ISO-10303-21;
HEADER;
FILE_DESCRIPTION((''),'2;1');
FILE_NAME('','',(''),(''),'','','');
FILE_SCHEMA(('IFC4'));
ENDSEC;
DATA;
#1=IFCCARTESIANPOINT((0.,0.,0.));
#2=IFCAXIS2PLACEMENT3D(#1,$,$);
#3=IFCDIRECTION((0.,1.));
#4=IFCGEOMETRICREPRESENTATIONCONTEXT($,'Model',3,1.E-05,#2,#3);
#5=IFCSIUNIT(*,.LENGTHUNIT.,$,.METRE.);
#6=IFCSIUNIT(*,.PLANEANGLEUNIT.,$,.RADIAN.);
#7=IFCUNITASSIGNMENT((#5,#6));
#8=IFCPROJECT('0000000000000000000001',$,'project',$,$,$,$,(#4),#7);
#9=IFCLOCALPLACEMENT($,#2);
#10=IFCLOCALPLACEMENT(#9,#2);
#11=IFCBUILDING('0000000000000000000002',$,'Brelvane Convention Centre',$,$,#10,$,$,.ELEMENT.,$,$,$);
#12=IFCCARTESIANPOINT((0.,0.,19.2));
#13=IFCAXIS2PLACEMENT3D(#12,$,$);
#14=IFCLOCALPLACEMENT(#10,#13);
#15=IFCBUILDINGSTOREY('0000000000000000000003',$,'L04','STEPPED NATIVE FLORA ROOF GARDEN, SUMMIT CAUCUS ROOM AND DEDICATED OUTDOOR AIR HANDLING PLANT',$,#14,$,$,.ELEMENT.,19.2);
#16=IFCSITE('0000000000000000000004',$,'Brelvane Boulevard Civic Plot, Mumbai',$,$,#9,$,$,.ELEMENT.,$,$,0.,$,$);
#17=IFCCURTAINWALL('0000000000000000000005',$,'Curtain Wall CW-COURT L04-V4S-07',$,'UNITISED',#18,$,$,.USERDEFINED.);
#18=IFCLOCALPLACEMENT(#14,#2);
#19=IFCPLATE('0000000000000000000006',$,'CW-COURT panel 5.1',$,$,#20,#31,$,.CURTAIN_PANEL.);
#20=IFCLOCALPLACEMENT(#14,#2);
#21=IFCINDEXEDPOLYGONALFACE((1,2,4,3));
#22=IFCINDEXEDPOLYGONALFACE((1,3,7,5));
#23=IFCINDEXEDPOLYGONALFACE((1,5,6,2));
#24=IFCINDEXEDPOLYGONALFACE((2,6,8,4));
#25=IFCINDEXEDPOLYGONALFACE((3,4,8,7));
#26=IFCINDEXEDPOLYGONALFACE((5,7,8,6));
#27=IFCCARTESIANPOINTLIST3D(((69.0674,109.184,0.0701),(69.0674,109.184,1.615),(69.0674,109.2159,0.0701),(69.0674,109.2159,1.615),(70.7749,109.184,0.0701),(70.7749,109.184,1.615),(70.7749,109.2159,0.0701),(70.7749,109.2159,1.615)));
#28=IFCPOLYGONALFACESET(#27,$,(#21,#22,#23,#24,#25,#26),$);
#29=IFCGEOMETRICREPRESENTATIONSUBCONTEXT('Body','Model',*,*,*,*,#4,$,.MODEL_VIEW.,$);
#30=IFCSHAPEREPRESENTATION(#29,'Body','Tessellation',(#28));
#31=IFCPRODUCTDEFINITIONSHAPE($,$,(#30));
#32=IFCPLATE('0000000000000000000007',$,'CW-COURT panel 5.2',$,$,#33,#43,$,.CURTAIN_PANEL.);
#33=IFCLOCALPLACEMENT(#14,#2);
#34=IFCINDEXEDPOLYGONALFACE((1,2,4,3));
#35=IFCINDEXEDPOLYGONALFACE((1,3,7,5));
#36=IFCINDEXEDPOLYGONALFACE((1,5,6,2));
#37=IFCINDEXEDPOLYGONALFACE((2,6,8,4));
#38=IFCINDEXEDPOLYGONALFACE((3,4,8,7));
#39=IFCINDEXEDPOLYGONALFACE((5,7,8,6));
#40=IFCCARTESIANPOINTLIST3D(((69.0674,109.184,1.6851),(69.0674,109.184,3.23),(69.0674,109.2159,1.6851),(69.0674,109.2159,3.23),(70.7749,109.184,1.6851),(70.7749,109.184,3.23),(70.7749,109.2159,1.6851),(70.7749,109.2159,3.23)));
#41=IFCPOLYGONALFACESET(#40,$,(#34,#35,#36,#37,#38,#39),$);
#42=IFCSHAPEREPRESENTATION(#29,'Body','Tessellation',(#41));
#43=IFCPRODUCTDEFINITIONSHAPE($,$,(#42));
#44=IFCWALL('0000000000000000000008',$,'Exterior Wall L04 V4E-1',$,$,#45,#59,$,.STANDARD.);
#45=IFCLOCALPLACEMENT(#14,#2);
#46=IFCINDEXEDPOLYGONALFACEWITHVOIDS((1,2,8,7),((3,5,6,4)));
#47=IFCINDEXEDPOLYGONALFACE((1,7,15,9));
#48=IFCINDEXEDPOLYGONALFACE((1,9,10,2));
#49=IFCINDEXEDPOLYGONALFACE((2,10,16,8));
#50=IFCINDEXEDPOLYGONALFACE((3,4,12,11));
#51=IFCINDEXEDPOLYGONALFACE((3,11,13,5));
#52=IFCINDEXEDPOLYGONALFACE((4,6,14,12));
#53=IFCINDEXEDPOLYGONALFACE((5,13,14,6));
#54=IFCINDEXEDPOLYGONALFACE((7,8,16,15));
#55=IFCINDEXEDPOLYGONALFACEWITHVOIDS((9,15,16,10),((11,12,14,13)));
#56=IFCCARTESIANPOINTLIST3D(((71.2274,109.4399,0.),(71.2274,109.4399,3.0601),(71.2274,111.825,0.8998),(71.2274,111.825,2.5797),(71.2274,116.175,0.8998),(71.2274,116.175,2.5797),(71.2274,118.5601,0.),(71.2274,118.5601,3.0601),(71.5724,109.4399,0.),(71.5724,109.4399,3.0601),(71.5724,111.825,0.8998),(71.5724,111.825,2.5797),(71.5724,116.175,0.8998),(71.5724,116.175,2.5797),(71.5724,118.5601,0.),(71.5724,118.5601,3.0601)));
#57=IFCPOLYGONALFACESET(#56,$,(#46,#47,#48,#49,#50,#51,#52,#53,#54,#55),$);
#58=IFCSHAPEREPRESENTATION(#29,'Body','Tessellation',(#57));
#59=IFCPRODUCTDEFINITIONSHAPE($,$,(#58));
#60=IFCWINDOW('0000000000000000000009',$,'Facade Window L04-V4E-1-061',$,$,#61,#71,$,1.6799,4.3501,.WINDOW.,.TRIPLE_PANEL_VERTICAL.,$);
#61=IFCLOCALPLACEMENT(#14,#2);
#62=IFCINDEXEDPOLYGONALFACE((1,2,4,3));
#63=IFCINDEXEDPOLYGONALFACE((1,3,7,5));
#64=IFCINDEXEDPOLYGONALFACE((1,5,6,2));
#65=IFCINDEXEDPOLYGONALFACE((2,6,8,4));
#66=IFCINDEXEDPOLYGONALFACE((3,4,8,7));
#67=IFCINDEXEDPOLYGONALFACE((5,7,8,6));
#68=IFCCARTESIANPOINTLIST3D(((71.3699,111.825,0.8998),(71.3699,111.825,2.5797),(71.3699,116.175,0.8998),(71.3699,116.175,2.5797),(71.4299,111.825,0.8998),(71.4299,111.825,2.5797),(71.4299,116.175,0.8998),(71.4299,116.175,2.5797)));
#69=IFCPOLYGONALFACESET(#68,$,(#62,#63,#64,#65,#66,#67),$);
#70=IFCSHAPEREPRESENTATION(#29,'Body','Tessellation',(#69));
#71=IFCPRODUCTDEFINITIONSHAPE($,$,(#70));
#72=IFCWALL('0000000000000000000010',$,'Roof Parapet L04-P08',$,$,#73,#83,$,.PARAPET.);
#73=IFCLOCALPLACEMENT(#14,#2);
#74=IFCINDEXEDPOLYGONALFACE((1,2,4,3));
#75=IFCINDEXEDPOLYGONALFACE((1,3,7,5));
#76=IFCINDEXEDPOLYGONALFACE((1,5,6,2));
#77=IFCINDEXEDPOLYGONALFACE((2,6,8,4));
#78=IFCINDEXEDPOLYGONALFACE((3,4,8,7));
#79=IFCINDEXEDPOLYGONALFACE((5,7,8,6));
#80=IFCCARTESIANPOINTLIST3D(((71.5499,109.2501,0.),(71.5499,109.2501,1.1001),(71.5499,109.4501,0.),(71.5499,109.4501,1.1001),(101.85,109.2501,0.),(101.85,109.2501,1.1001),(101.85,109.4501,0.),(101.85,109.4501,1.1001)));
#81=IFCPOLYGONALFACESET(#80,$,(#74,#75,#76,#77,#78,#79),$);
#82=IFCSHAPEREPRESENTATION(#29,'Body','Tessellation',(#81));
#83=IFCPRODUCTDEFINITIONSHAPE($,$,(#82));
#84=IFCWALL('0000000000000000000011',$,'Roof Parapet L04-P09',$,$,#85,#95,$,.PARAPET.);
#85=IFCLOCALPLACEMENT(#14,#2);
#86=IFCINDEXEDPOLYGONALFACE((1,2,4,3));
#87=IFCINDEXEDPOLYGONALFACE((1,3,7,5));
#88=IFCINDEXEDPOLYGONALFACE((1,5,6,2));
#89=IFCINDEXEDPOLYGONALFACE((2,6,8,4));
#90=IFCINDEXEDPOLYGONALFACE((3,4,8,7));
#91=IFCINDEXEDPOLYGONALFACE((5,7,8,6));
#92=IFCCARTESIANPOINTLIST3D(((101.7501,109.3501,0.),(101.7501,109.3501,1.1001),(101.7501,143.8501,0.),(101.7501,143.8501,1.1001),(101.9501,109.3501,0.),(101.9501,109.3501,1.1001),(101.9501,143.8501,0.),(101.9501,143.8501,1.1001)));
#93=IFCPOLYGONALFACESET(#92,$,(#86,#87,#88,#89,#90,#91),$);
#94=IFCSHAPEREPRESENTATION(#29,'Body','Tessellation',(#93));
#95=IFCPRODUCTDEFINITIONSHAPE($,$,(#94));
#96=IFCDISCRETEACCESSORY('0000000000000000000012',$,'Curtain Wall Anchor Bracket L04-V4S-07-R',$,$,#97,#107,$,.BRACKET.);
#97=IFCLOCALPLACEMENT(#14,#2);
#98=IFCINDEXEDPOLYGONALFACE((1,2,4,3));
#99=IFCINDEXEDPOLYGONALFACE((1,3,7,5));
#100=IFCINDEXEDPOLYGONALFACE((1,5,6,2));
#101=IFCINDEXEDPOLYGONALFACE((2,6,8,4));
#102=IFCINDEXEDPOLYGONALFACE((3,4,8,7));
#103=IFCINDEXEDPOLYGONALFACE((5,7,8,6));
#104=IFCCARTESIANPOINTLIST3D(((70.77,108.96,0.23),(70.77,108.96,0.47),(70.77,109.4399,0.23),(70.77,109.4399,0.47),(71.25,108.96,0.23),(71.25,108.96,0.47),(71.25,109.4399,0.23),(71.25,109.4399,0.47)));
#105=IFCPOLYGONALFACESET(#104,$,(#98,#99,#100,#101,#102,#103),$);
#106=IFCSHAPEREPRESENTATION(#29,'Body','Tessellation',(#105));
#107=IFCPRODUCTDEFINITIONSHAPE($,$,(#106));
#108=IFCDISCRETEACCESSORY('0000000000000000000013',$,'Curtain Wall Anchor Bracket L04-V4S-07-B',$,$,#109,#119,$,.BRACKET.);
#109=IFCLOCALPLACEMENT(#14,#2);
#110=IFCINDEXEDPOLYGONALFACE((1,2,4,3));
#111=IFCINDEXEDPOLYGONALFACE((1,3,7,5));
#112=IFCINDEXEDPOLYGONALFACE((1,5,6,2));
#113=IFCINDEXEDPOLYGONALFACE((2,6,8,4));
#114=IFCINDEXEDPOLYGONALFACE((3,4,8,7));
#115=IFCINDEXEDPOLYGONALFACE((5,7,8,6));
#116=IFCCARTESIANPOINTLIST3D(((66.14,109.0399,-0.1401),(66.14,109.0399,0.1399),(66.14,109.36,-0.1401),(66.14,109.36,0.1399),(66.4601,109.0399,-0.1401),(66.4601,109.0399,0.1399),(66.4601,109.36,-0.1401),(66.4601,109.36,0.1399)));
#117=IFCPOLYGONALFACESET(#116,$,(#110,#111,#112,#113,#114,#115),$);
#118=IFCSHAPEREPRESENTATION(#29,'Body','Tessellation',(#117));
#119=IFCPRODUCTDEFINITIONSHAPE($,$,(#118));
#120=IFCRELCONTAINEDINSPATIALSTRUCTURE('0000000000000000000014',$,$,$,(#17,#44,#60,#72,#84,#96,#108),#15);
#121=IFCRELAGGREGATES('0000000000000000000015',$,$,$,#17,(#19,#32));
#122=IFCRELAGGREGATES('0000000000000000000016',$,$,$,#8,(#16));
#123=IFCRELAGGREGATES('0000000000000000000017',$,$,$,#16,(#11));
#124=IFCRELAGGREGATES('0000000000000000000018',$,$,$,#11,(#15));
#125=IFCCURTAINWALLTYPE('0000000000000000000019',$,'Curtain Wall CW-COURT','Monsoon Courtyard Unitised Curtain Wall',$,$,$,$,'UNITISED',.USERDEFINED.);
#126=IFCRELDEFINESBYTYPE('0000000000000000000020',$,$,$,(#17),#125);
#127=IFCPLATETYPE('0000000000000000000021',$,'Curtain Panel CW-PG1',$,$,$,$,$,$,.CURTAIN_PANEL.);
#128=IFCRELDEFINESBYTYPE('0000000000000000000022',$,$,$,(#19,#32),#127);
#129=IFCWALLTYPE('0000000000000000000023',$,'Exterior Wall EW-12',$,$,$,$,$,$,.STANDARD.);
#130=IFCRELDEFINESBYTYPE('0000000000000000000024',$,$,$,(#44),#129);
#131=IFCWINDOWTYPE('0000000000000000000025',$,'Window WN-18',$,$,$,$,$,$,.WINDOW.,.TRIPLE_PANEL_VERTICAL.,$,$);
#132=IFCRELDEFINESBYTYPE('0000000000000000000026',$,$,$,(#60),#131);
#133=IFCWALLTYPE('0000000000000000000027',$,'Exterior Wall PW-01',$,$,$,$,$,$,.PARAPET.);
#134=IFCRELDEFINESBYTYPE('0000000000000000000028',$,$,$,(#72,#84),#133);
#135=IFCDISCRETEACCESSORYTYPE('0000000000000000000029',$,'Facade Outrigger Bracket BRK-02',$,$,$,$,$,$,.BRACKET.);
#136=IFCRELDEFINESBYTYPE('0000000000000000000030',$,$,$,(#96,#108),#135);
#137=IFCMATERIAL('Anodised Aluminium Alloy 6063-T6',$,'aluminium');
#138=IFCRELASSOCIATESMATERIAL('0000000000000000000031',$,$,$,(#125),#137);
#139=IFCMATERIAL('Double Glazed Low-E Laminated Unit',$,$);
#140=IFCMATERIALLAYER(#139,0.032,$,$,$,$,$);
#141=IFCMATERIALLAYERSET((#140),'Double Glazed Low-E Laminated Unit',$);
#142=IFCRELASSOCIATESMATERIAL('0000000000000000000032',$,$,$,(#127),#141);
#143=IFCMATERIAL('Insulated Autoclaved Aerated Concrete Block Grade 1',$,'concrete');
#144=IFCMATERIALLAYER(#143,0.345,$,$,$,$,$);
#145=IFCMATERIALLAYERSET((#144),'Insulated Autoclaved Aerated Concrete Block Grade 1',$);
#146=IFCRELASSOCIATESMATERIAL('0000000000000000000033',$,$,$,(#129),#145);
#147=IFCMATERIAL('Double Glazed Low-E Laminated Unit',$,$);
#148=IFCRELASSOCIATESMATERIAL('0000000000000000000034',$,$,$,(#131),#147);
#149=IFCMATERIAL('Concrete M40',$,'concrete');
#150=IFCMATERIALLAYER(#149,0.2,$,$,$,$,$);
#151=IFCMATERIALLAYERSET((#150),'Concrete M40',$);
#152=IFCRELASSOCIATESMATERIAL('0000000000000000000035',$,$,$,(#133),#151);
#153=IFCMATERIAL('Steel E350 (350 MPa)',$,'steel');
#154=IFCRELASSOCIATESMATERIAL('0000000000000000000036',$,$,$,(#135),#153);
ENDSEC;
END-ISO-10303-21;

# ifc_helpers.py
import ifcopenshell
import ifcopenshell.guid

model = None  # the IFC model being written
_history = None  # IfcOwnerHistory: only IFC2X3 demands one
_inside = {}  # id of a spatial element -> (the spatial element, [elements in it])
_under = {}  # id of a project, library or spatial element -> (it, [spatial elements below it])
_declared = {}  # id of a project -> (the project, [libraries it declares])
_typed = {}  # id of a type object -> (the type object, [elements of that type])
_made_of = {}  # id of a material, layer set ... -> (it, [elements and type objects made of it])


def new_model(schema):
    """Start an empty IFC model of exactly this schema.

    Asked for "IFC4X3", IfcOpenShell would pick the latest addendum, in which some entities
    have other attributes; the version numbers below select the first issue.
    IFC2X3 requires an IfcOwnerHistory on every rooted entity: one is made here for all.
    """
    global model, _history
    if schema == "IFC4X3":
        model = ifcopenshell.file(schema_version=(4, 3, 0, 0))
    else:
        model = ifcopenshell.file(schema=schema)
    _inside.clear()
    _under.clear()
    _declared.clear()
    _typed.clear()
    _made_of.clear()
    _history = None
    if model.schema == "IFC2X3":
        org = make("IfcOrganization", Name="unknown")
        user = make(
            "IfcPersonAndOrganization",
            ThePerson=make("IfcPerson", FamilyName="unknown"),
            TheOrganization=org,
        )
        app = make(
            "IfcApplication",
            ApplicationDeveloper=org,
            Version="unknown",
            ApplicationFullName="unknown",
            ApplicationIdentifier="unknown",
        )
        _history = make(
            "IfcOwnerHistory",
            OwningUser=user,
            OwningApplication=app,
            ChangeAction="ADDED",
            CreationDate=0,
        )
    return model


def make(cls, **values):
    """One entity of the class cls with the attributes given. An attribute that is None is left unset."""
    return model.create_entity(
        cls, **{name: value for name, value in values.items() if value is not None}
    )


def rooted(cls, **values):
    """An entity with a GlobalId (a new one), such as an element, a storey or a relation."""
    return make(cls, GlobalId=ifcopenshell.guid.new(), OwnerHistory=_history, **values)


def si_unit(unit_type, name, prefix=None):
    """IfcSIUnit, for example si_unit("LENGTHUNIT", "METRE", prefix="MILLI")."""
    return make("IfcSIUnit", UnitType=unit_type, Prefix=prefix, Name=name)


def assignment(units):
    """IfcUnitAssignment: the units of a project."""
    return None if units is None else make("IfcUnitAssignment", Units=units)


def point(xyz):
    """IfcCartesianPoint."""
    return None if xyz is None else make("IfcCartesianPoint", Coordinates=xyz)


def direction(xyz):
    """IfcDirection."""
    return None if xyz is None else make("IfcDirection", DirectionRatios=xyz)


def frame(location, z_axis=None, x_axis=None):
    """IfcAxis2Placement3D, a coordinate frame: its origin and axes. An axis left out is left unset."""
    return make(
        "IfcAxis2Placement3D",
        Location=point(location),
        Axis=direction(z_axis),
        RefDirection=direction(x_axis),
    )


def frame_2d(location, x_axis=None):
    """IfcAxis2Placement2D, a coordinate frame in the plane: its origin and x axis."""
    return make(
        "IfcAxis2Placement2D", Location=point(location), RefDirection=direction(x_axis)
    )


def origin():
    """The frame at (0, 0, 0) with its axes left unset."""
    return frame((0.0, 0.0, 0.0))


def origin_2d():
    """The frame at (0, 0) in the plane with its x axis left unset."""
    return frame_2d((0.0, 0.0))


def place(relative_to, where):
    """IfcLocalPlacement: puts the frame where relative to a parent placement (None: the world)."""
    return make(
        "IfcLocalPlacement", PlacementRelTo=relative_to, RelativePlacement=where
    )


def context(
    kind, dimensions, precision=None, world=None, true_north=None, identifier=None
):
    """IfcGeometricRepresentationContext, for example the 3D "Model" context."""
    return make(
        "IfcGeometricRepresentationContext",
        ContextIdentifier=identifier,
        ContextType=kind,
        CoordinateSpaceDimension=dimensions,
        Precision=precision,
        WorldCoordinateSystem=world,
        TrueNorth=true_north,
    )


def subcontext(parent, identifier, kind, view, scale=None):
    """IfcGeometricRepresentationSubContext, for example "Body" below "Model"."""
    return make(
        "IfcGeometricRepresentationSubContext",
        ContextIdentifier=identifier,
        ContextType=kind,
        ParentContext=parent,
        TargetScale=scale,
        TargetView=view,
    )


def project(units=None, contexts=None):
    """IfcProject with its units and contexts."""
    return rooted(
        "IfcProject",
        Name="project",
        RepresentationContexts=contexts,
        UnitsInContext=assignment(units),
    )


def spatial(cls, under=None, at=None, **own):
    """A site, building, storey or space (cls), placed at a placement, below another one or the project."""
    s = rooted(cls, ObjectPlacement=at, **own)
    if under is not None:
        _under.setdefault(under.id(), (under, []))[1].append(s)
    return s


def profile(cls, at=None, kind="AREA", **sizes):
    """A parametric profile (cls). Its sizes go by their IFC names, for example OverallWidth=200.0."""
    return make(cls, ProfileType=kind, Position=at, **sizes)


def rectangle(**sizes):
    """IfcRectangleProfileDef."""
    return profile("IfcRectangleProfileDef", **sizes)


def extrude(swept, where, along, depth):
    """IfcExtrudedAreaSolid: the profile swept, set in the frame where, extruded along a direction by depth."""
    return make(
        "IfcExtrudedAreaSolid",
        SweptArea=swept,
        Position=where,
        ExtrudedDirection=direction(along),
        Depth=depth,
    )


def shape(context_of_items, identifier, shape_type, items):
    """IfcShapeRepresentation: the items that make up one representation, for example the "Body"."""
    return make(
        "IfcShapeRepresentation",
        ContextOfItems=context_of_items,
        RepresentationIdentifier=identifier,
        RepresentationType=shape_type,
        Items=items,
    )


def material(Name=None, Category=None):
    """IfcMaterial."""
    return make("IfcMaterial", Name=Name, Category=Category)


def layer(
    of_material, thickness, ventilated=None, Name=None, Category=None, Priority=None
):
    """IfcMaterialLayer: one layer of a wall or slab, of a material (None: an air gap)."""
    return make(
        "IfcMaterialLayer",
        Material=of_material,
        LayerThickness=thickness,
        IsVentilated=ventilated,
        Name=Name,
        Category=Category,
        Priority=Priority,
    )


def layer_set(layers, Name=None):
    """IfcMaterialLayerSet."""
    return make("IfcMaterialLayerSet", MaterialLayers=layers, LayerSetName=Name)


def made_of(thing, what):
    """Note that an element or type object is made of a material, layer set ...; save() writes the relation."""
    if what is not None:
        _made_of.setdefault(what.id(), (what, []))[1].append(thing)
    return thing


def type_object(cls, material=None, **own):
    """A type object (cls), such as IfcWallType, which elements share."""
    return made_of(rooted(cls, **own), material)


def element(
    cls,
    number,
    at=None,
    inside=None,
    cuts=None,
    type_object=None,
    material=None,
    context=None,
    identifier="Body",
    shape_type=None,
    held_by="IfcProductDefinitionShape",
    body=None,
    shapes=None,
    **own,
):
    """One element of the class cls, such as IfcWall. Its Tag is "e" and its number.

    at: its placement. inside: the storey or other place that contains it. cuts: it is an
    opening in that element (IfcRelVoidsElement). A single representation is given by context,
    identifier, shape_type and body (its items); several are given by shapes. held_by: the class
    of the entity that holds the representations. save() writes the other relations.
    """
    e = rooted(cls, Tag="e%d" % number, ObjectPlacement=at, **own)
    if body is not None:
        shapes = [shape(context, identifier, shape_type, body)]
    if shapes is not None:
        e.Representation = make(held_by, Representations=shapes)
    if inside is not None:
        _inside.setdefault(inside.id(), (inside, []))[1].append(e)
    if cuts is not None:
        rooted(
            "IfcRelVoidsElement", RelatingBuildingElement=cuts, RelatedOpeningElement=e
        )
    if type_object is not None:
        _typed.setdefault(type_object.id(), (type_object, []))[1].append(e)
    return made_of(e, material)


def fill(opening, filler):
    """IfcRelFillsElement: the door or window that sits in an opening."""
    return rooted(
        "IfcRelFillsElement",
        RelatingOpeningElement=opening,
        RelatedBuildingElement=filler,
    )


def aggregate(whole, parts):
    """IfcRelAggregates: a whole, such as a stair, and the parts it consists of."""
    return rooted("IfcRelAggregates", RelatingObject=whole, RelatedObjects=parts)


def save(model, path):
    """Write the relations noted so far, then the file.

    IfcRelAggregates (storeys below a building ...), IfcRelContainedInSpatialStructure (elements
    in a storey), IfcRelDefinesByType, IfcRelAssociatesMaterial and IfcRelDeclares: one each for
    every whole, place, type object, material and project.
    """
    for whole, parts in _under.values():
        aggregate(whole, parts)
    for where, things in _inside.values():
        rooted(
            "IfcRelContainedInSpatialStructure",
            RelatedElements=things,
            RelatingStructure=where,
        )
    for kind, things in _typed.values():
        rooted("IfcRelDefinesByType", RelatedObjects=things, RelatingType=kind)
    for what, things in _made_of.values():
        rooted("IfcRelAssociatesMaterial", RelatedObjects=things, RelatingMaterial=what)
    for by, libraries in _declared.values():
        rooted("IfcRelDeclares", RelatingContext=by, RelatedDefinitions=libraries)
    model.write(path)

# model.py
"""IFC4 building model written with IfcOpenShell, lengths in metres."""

from ifc_helpers import new_model, si_unit, direction, frame, frame_2d, origin, origin_2d, place, context, subcontext, project, spatial, rectangle, extrude, material, layer, layer_set, type_object, element, fill, aggregate, save


model = new_model("IFC4")

# Units and contexts
model_context = context("Model", 3, precision=1e-05, world=origin(), true_north=direction((0.0, 1.0)))
body_context = subcontext(model_context, "Body", "Model", "MODEL_VIEW")
ifc_project = project(units=[si_unit("LENGTHUNIT", "METRE"), si_unit("PLANEANGLEUNIT", "RADIAN")], contexts=[model_context])

# Site, building, storey
site_placement = place(None, origin())
site = spatial("IfcSite", under=ifc_project, at=site_placement, Name="Brelvane Boulevard Civic Plot, Mumbai", CompositionType="ELEMENT", RefElevation=0.0)
building_placement = place(site_placement, origin())
building = spatial("IfcBuilding", under=site, at=building_placement, Name="Brelvane Convention Centre", CompositionType="ELEMENT")
storey_placement = place(building_placement, frame((0.0, 0.0, 19.2)))
storey = spatial("IfcBuildingStorey", under=building, at=storey_placement, Name="L04", Description="STEPPED NATIVE FLORA ROOF GARDEN, SUMMIT CAUCUS ROOM AND DEDICATED OUTDOOR AIR HANDLING PLANT", CompositionType="ELEMENT", Elevation=19.2)

# Curtain wall
ifc_material_1 = material(Name="Anodised Aluminium Alloy 6063-T6", Category="aluminium")
curtain_wall_type = type_object("IfcCurtainWallType", Name="Curtain Wall CW-COURT", Description="Monsoon Courtyard Unitised Curtain Wall", ElementType="UNITISED", PredefinedType="USERDEFINED", material=ifc_material_1)
curtain_wall_placement = place(storey_placement, origin())
curtain_wall = element("IfcCurtainWall", 1, at=curtain_wall_placement, inside=storey, type_object=curtain_wall_type, Name="Curtain Wall CW-COURT L04-V4S-07", ObjectType="UNITISED", PredefinedType="USERDEFINED")

# Plates
ifc_material_2 = material(Name="Double Glazed Low-E Laminated Unit")
ifc_layer_1 = layer(ifc_material_2, 0.032)
ifc_layer_set_1 = layer_set([ifc_layer_1], Name="Double Glazed Low-E Laminated Unit")
plate_type = type_object("IfcPlateType", Name="Curtain Panel CW-PG1", PredefinedType="CURTAIN_PANEL", material=ifc_layer_set_1)
plate_1_placement = place(storey_placement, frame((69.9211, 109.2, 0.0701), z_axis=(0.0, 0.0, 1.0), x_axis=(1.0, 0.0, 0.0)))
plate_1 = element("IfcPlate", 2, at=plate_1_placement, type_object=plate_type, Name="CW-COURT panel 5.1", PredefinedType="CURTAIN_PANEL", context=body_context, shape_type="SweptSolid", body=[
    extrude(rectangle(XDim=1.7075, YDim=0.032, at=origin_2d()), origin(), (0.0, 0.0, 1.0), 1.5449),
])
plate_2_placement = place(storey_placement, frame((69.9211, 109.2, 1.6851), z_axis=(0.0, 0.0, 1.0), x_axis=(1.0, 0.0, 0.0)))
plate_2 = element("IfcPlate", 3, at=plate_2_placement, type_object=plate_type, Name="CW-COURT panel 5.2", PredefinedType="CURTAIN_PANEL", context=body_context, shape_type="SweptSolid", body=[
    extrude(rectangle(XDim=1.7075, YDim=0.032, at=origin_2d()), origin(), (0.0, 0.0, 1.0), 1.5449),
])
aggregate(curtain_wall, [plate_1, plate_2])

# Wall, opening, window
ifc_material_3 = material(Name="Insulated Autoclaved Aerated Concrete Block Grade 1", Category="concrete")
ifc_layer_2 = layer(ifc_material_3, 0.345)
ifc_layer_set_2 = layer_set([ifc_layer_2], Name="Insulated Autoclaved Aerated Concrete Block Grade 1")
wall_type_1 = type_object("IfcWallType", Name="Exterior Wall EW-12", PredefinedType="STANDARD", material=ifc_layer_set_2)
wall_1_placement = place(storey_placement, frame((71.3999, 109.4399, 0.0), z_axis=(0.0, 0.0, 1.0), x_axis=(0.0, 1.0, 0.0)))
wall_1 = element("IfcWall", 4, at=wall_1_placement, inside=storey, type_object=wall_type_1, Name="Exterior Wall L04 V4E-1", PredefinedType="STANDARD", context=body_context, shape_type="SweptSolid", body=[
    extrude(rectangle(XDim=9.1201, YDim=0.345, at=frame_2d((4.5601, 0.0))), origin(), (0.0, 0.0, 1.0), 3.0601),
])
opening_placement = place(wall_1_placement, frame((2.385, 0.0, 0.8999)))
opening = element("IfcOpeningElement", 5, at=opening_placement, cuts=wall_1, PredefinedType="OPENING", context=body_context, shape_type="SweptSolid", body=[
    extrude(rectangle(XDim=4.3501, YDim=1.6799, at=frame_2d((2.175, 0.8398))), frame((0.0, 0.1824, 0.0), z_axis=(0.0, -1.0, 0.0), x_axis=(1.0, 0.0, 0.0)), (0.0, 0.0, 1.0), 0.365),
])
ifc_material_4 = material(Name="Double Glazed Low-E Laminated Unit")
window_type = type_object("IfcWindowType", Name="Window WN-18", PartitioningType="TRIPLE_PANEL_VERTICAL", PredefinedType="WINDOW", material=ifc_material_4)
window_placement = place(opening_placement, origin())
window = element("IfcWindow", 6, at=window_placement, inside=storey, type_object=window_type, Name="Facade Window L04-V4E-1-061", OverallHeight=1.6799, OverallWidth=4.3501, PartitioningType="TRIPLE_PANEL_VERTICAL", PredefinedType="WINDOW", context=body_context, shape_type="SweptSolid", body=[
    extrude(rectangle(XDim=4.3501, YDim=1.6799, at=frame_2d((2.175, 0.8398))), frame((0.0, 0.03, 0.0), z_axis=(0.0, -1.0, 0.0), x_axis=(1.0, 0.0, 0.0)), (0.0, 0.0, 1.0), 0.0601),
])
fill(opening, window)

# Walls
ifc_material_5 = material(Name="Concrete M40", Category="concrete")
ifc_layer_3 = layer(ifc_material_5, 0.2)
ifc_layer_set_3 = layer_set([ifc_layer_3], Name="Concrete M40")
wall_type_2 = type_object("IfcWallType", Name="Exterior Wall PW-01", PredefinedType="PARAPET", material=ifc_layer_set_3)
wall_2_placement = place(storey_placement, frame((71.55, 109.3501, 0.0), z_axis=(0.0, 0.0, 1.0), x_axis=(1.0, 0.0, 0.0)))
element("IfcWall", 7, at=wall_2_placement, inside=storey, type_object=wall_type_2, Name="Roof Parapet L04-P08", PredefinedType="PARAPET", context=body_context, shape_type="SweptSolid", body=[
    extrude(rectangle(XDim=30.3, YDim=0.2, at=frame_2d((15.1499, 0.0))), origin(), (0.0, 0.0, 1.0), 1.1001),
])
wall_3_placement = place(storey_placement, frame((101.8501, 109.3501, 0.0), z_axis=(0.0, 0.0, 1.0), x_axis=(0.0, 1.0, 0.0)))
element("IfcWall", 8, at=wall_3_placement, inside=storey, type_object=wall_type_2, Name="Roof Parapet L04-P09", PredefinedType="PARAPET", context=body_context, shape_type="SweptSolid", body=[
    extrude(rectangle(XDim=34.5, YDim=0.2, at=frame_2d((17.25, 0.0))), origin(), (0.0, 0.0, 1.0), 1.1001),
])

# Discrete accessories
ifc_material_6 = material(Name="Steel E350 (350 MPa)", Category="steel")
discrete_accessory_type = type_object("IfcDiscreteAccessoryType", Name="Facade Outrigger Bracket BRK-02", PredefinedType="BRACKET", material=ifc_material_6)
discrete_accessory_1_placement = place(storey_placement, frame((71.01, 109.2, 0.23), z_axis=(0.0, 0.0, 1.0), x_axis=(1.0, 0.0, 0.0)))
element("IfcDiscreteAccessory", 9, at=discrete_accessory_1_placement, inside=storey, type_object=discrete_accessory_type, Name="Curtain Wall Anchor Bracket L04-V4S-07-R", PredefinedType="BRACKET", context=body_context, shape_type="SweptSolid", body=[
    extrude(rectangle(XDim=0.48, YDim=0.48, at=origin_2d()), origin(), (0.0, 0.0, 1.0), 0.24),
])
discrete_accessory_2_placement = place(storey_placement, frame((66.3, 109.2, -0.1401), z_axis=(0.0, 0.0, 1.0), x_axis=(1.0, 0.0, 0.0)))
element("IfcDiscreteAccessory", 10, at=discrete_accessory_2_placement, inside=storey, type_object=discrete_accessory_type, Name="Curtain Wall Anchor Bracket L04-V4S-07-B", PredefinedType="BRACKET", context=body_context, shape_type="SweptSolid", body=[
    extrude(rectangle(XDim=0.3201, YDim=0.3201, at=origin_2d()), origin(), (0.0, 0.0, 1.0), 0.28),
])

save(model, "model.ifc")
